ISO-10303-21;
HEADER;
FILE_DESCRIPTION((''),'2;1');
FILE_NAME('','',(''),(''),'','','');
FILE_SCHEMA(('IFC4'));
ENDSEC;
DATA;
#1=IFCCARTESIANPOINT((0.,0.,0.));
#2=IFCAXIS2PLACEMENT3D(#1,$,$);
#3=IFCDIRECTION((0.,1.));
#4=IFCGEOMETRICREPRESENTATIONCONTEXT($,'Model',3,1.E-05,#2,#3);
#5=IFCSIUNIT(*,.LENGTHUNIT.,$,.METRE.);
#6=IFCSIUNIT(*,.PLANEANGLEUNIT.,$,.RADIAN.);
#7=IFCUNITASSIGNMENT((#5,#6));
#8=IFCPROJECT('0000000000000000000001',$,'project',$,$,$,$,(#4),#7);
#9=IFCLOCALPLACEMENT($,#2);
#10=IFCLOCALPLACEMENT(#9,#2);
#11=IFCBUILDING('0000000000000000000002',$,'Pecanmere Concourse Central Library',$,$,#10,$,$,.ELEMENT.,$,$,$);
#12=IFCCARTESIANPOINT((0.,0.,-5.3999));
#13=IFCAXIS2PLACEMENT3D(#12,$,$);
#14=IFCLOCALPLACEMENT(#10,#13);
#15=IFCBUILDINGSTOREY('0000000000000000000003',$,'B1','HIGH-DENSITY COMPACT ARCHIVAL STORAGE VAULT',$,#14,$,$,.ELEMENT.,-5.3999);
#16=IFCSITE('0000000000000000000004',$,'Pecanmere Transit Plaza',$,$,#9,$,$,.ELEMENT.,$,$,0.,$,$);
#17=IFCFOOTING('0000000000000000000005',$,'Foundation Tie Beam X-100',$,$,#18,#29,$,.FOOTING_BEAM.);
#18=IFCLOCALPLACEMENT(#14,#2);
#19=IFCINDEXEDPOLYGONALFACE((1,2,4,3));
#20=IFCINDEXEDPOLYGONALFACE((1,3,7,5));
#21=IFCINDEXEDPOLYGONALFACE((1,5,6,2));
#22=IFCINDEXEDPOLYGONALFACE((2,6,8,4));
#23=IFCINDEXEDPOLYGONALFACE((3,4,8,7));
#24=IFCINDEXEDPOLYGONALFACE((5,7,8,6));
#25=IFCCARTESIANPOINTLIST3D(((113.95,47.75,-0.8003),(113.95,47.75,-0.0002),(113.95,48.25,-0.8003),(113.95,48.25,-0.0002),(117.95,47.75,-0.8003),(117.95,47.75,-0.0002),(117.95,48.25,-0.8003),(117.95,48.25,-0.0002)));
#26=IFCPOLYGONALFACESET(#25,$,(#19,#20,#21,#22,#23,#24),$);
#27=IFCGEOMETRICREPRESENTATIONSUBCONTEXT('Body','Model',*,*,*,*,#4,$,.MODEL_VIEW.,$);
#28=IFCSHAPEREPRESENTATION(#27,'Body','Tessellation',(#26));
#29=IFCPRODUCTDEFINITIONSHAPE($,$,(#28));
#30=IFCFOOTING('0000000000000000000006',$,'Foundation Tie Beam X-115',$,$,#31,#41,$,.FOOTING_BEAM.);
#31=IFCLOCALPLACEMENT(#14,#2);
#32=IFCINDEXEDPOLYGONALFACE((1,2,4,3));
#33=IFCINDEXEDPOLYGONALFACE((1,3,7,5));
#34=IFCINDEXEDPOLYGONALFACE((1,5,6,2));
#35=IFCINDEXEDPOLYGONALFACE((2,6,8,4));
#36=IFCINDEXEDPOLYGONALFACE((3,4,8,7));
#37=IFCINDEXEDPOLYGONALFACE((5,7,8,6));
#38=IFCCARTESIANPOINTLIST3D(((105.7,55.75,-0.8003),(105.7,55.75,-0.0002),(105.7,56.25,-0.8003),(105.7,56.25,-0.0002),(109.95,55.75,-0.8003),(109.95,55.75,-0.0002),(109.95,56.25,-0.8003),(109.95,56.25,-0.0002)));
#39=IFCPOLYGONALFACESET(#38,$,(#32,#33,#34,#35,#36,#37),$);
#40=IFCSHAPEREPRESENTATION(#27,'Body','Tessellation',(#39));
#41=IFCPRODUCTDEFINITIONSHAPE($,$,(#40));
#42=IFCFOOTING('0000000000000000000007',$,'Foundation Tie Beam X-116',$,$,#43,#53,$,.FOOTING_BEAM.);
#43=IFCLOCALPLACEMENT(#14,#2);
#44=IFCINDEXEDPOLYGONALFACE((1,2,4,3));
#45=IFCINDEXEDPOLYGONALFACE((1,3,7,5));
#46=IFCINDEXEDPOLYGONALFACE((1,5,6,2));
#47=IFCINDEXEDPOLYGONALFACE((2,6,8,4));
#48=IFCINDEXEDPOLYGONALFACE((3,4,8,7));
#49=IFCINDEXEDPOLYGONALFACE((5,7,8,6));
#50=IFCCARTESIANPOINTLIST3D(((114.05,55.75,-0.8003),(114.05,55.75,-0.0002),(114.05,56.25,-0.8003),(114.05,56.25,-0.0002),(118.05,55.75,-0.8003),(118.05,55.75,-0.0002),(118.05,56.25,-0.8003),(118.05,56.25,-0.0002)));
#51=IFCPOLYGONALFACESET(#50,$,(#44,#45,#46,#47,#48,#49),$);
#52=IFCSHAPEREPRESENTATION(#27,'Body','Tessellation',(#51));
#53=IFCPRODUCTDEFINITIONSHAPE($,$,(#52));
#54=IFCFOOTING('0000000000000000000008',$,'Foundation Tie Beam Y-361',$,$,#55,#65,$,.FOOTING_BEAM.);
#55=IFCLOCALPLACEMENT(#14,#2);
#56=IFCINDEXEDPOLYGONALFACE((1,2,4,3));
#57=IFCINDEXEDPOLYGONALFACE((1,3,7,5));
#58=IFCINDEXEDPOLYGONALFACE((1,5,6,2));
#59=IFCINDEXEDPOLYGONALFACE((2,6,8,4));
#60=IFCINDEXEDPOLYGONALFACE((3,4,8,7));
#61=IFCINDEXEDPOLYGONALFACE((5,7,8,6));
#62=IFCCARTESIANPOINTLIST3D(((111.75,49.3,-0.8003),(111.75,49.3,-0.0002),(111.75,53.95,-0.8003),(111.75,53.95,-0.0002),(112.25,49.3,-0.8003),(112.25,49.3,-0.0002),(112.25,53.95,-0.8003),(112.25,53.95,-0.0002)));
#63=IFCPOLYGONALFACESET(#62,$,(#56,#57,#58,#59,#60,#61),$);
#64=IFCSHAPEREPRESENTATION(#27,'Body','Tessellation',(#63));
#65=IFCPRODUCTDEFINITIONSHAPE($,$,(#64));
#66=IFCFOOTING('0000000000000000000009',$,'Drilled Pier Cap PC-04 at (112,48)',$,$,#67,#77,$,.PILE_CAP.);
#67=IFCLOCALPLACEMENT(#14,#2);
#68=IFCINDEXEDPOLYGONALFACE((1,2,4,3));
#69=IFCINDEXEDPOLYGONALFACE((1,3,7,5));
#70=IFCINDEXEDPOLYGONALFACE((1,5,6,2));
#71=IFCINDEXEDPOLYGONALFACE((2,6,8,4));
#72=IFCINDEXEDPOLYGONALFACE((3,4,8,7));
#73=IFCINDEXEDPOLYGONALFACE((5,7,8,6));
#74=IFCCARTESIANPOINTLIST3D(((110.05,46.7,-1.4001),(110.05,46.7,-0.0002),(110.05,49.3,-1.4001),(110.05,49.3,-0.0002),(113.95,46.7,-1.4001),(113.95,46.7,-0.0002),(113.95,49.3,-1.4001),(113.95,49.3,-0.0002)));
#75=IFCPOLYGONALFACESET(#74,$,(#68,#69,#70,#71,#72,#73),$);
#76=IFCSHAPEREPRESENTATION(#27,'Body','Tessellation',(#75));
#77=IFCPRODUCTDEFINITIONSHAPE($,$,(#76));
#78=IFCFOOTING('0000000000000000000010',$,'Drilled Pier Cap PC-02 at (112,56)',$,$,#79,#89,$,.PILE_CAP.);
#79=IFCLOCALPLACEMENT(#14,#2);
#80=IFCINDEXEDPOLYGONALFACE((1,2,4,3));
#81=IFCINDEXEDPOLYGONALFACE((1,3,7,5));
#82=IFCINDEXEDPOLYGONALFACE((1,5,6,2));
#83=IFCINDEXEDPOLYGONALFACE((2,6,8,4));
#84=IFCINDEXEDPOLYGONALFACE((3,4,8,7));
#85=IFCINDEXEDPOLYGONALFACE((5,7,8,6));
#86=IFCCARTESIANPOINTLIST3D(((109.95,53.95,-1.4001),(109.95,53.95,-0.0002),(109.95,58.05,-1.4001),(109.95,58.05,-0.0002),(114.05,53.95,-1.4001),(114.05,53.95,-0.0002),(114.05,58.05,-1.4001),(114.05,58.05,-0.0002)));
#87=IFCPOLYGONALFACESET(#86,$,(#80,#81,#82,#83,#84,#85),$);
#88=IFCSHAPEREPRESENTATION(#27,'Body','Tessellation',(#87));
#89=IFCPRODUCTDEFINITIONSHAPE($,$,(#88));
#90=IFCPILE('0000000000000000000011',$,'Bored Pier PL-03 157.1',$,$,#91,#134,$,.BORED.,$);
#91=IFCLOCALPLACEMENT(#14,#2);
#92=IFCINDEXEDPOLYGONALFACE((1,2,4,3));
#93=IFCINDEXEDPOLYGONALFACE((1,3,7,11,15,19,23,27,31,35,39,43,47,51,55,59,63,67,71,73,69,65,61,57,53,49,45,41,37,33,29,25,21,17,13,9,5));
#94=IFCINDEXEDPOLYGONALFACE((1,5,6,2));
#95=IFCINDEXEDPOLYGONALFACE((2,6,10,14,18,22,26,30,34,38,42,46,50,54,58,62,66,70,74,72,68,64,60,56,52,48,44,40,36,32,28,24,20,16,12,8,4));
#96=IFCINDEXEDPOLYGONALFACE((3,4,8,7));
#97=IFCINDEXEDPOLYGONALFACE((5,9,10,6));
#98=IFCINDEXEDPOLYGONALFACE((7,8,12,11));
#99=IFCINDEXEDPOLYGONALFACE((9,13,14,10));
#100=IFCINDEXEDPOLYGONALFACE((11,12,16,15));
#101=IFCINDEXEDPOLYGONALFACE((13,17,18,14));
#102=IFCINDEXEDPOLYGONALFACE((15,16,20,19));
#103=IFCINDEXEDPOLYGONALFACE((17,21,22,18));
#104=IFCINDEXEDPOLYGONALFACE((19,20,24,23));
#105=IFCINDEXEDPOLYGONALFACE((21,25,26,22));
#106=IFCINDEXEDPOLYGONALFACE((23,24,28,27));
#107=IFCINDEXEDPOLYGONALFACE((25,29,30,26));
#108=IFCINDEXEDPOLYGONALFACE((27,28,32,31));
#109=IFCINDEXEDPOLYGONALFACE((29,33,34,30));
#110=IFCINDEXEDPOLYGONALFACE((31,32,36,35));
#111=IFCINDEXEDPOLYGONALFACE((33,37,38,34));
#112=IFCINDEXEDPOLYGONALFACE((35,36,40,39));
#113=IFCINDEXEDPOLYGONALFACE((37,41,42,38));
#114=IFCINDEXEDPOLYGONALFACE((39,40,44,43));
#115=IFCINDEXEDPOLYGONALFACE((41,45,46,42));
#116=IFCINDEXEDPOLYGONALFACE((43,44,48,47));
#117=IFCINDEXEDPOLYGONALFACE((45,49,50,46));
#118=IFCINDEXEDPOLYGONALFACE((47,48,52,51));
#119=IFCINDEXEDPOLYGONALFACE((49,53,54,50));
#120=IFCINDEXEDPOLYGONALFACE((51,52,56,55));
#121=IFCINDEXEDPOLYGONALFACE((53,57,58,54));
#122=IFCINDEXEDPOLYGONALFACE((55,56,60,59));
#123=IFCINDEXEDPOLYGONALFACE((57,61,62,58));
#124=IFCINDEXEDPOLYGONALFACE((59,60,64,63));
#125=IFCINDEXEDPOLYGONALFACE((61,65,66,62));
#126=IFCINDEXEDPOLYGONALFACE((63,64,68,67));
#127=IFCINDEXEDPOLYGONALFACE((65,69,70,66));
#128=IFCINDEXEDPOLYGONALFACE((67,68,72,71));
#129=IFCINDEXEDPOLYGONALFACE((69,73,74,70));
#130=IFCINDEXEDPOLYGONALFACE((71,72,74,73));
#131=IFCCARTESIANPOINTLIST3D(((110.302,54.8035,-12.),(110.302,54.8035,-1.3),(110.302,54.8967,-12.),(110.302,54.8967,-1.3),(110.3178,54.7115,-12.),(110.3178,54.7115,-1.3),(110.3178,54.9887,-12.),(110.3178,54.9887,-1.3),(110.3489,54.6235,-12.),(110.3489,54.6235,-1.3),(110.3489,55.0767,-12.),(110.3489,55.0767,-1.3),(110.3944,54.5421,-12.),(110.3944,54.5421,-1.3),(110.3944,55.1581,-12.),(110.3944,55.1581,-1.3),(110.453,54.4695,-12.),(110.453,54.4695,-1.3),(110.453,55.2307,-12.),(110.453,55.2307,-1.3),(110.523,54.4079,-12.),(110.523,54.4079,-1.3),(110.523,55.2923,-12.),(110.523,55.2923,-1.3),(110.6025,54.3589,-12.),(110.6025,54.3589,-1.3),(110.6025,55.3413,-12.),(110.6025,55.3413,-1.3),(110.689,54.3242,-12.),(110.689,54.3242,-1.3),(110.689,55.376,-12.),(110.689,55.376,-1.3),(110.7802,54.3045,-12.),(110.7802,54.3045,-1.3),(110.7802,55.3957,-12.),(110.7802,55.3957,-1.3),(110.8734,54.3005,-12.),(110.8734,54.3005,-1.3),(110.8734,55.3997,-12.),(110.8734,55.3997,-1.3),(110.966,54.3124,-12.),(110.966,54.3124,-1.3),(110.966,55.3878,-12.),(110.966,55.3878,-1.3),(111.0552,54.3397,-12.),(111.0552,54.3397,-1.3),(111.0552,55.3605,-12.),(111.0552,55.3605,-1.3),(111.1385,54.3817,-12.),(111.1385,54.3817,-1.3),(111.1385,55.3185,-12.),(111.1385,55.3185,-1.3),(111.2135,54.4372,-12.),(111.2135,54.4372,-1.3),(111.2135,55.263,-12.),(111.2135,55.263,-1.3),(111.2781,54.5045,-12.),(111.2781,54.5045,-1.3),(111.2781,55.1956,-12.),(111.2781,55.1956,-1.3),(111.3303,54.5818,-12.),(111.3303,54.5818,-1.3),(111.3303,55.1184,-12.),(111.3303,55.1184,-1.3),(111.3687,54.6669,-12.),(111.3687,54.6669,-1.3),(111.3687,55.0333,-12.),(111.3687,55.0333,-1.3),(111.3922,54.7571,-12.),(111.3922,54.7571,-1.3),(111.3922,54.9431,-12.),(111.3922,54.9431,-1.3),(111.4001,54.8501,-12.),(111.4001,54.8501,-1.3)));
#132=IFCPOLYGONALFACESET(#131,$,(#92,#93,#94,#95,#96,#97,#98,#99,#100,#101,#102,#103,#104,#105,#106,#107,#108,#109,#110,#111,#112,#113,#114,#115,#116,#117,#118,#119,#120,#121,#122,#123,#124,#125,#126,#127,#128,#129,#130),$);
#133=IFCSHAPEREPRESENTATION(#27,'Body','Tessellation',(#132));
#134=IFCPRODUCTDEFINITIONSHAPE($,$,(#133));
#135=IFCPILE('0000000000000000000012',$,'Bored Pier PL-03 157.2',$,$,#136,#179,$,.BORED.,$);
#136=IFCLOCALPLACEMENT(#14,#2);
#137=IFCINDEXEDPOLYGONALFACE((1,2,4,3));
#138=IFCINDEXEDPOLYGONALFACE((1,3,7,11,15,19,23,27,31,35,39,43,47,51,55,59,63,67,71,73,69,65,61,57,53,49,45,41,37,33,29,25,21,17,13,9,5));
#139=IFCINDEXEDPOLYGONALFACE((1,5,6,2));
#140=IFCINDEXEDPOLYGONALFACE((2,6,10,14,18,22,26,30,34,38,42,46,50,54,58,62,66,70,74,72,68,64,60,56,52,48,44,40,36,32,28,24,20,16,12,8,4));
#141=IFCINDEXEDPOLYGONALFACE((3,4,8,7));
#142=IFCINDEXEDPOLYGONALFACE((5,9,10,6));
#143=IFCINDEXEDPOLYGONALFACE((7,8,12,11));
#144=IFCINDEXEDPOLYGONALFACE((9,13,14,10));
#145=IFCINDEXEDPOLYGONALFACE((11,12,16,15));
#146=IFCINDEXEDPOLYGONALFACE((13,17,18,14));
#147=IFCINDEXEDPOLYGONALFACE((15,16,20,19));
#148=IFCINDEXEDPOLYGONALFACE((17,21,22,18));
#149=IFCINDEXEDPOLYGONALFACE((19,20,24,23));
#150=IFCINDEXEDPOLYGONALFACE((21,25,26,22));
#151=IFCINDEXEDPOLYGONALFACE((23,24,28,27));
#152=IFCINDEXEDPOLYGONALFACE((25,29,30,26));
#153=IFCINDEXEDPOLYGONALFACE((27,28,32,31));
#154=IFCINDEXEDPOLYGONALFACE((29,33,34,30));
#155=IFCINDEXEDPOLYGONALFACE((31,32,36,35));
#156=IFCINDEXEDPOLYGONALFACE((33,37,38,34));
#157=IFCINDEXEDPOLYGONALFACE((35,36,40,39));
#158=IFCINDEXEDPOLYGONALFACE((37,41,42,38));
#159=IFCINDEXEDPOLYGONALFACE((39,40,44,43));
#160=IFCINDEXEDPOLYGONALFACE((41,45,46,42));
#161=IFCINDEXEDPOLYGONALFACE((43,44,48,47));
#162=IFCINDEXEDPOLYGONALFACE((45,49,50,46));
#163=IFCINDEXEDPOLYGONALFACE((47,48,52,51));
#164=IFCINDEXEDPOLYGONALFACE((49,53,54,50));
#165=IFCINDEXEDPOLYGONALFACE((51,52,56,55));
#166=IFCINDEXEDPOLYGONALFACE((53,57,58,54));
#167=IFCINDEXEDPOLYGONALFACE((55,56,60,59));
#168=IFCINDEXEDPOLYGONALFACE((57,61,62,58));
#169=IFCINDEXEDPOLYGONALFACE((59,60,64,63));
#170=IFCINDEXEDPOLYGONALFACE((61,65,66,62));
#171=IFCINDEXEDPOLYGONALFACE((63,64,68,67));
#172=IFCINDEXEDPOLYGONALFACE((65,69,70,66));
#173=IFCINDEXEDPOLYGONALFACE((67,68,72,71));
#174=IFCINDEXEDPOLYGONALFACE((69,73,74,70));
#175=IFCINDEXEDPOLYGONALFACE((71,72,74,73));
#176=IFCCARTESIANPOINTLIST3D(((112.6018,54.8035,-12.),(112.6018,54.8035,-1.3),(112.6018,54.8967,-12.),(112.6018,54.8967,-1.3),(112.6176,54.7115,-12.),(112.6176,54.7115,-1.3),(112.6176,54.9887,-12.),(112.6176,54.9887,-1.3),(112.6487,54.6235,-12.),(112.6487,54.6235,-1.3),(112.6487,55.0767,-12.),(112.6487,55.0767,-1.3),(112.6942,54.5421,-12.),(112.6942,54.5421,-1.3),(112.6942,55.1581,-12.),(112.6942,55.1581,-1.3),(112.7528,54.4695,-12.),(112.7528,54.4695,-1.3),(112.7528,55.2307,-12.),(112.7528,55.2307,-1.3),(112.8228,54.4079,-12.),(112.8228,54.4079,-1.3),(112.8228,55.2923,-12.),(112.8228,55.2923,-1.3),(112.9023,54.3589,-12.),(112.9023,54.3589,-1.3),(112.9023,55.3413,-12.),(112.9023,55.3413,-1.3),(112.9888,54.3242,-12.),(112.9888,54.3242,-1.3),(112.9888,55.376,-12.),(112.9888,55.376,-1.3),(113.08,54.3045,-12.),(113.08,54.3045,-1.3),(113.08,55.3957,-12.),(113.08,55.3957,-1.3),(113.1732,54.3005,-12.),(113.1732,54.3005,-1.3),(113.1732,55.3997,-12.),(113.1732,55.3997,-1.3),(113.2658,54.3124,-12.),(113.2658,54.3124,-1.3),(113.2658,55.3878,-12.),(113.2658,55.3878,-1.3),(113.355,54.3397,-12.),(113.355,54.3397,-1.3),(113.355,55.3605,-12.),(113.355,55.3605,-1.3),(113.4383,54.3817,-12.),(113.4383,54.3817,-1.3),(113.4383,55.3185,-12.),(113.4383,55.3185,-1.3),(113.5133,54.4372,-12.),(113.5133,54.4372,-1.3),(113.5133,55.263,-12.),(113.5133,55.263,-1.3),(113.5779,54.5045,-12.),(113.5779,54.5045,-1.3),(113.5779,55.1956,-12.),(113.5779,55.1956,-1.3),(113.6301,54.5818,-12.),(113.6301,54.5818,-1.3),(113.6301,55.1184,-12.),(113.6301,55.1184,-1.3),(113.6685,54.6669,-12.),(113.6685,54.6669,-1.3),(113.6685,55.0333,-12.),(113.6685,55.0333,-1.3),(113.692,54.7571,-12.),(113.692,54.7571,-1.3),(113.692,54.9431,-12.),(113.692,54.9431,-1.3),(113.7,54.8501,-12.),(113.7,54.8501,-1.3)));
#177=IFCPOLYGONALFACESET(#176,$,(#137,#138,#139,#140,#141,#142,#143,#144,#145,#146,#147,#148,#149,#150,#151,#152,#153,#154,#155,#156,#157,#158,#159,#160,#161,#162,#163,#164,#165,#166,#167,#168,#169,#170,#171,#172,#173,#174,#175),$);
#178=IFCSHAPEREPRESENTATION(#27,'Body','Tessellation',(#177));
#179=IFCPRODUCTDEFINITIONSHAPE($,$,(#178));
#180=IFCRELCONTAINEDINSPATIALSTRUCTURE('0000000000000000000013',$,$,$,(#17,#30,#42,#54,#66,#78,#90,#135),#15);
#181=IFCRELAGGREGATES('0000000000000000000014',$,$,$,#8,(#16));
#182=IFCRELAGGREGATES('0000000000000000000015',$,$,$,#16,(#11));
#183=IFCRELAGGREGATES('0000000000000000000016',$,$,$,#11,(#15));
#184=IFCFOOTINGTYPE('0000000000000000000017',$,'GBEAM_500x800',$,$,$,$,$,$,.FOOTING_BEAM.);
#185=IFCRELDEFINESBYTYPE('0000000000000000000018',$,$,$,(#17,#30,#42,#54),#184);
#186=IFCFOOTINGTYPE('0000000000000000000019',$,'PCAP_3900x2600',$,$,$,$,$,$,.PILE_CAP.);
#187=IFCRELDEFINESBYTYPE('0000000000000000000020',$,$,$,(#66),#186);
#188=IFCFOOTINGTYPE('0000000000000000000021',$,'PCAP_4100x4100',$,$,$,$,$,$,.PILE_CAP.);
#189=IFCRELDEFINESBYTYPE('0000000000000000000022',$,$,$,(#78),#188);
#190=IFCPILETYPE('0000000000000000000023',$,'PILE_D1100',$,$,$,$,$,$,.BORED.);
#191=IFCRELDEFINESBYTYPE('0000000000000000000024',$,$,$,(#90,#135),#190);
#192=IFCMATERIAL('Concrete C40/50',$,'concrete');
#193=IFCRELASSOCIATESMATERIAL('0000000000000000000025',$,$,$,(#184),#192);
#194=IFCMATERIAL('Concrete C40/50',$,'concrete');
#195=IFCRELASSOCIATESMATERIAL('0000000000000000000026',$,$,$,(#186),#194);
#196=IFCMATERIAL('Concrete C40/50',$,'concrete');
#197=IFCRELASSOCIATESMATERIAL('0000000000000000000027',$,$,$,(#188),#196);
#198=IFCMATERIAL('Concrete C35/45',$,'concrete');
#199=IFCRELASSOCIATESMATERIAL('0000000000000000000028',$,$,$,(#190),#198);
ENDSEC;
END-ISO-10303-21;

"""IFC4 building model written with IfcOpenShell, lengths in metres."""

from ifc_helpers import new_model, si_unit, direction, frame, origin, origin_2d, place, context, subcontext, project, spatial, rectangle, circle, extrude, material, material_profile, profile_set, type_object, element, save


model = new_model("IFC4")

# Units and contexts
model_context = context("Model", 3, precision=1e-05, world=origin(), true_north=direction((0.0, 1.0)))
body_context = subcontext(model_context, "Body", "Model", "MODEL_VIEW")
ifc_project = project(units=[si_unit("LENGTHUNIT", "METRE"), si_unit("PLANEANGLEUNIT", "RADIAN")], contexts=[model_context])

# Site, building, storey
site_placement = place(None, origin())
site = spatial("IfcSite", under=ifc_project, at=site_placement, Name="Pecanmere Transit Plaza", CompositionType="ELEMENT", RefElevation=0.0)
building_placement = place(site_placement, origin())
building = spatial("IfcBuilding", under=site, at=building_placement, Name="Pecanmere Concourse Central Library", CompositionType="ELEMENT")
storey_placement = place(building_placement, frame((0.0, 0.0, -5.3999)))
storey = spatial("IfcBuildingStorey", under=building, at=storey_placement, Name="B1", Description="HIGH-DENSITY COMPACT ARCHIVAL STORAGE VAULT", CompositionType="ELEMENT", Elevation=-5.3999)

# Footings
ifc_material_1 = material(Name="Concrete C40/50", Category="concrete")
ifc_material_profile_1 = material_profile(ifc_material_1, rectangle(XDim=0.5, YDim=0.8, at=origin_2d()), Name="RC 500x800")
ifc_profile_set_1 = profile_set([ifc_material_profile_1], Name="Concrete C40/50")
footing_type_1 = type_object("IfcFootingType", Name="GBEAM_500x800", PredefinedType="FOOTING_BEAM", material=ifc_profile_set_1)
footing_1_placement = place(storey_placement, frame((115.95, 48.0, -0.8003), z_axis=(0.0, 0.0, 1.0), x_axis=(1.0, 0.0, 0.0)))
element("IfcFooting", 1, at=footing_1_placement, inside=storey, type_object=footing_type_1, Name="Foundation Tie Beam X-100", PredefinedType="FOOTING_BEAM", context=body_context, shape_type="SweptSolid", body=[
    extrude(rectangle(XDim=4.0, YDim=0.5, at=origin_2d()), origin(), (0.0, 0.0, 1.0), 0.8),
])
footing_2_placement = place(storey_placement, frame((107.825, 56.0, -0.8003), z_axis=(0.0, 0.0, 1.0), x_axis=(1.0, 0.0, 0.0)))
element("IfcFooting", 2, at=footing_2_placement, inside=storey, type_object=footing_type_1, Name="Foundation Tie Beam X-115", PredefinedType="FOOTING_BEAM", context=body_context, shape_type="SweptSolid", body=[
    extrude(rectangle(XDim=4.25, YDim=0.5, at=origin_2d()), origin(), (0.0, 0.0, 1.0), 0.8),
])
footing_3_placement = place(storey_placement, frame((116.05, 56.0, -0.8003), z_axis=(0.0, 0.0, 1.0), x_axis=(1.0, 0.0, 0.0)))
element("IfcFooting", 3, at=footing_3_placement, inside=storey, type_object=footing_type_1, Name="Foundation Tie Beam X-116", PredefinedType="FOOTING_BEAM", context=body_context, shape_type="SweptSolid", body=[
    extrude(rectangle(XDim=4.0, YDim=0.5, at=origin_2d()), origin(), (0.0, 0.0, 1.0), 0.8),
])
footing_4_placement = place(storey_placement, frame((112.0, 51.625, -0.8003), z_axis=(0.0, 0.0, 1.0), x_axis=(0.0, 1.0, 0.0)))
element("IfcFooting", 4, at=footing_4_placement, inside=storey, type_object=footing_type_1, Name="Foundation Tie Beam Y-361", PredefinedType="FOOTING_BEAM", context=body_context, shape_type="SweptSolid", body=[
    extrude(rectangle(XDim=4.6499, YDim=0.5, at=origin_2d()), origin(), (0.0, 0.0, 1.0), 0.8),
])
ifc_material_2 = material(Name="Concrete C40/50", Category="concrete")
footing_type_2 = type_object("IfcFootingType", Name="PCAP_3900x2600", PredefinedType="PILE_CAP", material=ifc_material_2)
footing_5_placement = place(storey_placement, frame((112.0, 48.0, -1.4001), z_axis=(0.0, 0.0, 1.0), x_axis=(1.0, 0.0, 0.0)))
element("IfcFooting", 5, at=footing_5_placement, inside=storey, type_object=footing_type_2, Name="Drilled Pier Cap PC-04 at (112,48)", PredefinedType="PILE_CAP", context=body_context, shape_type="SweptSolid", body=[
    extrude(rectangle(XDim=3.8999, YDim=2.6001, at=origin_2d()), origin(), (0.0, 0.0, 1.0), 1.3999),
])
ifc_material_3 = material(Name="Concrete C40/50", Category="concrete")
footing_type_3 = type_object("IfcFootingType", Name="PCAP_4100x4100", PredefinedType="PILE_CAP", material=ifc_material_3)
footing_6_placement = place(storey_placement, frame((112.0, 56.0, -1.4001), z_axis=(0.0, 0.0, 1.0), x_axis=(1.0, 0.0, 0.0)))
element("IfcFooting", 6, at=footing_6_placement, inside=storey, type_object=footing_type_3, Name="Drilled Pier Cap PC-02 at (112,56)", PredefinedType="PILE_CAP", context=body_context, shape_type="SweptSolid", body=[
    extrude(rectangle(XDim=4.1001, YDim=4.1001, at=origin_2d()), origin(), (0.0, 0.0, 1.0), 1.3999),
])

# Piles
ifc_material_4 = material(Name="Concrete C35/45", Category="concrete")
ifc_material_profile_2 = material_profile(ifc_material_4, circle(Radius=0.55, at=origin_2d()), Name="PIER D1100")
ifc_profile_set_2 = profile_set([ifc_material_profile_2], Name="Concrete C35/45")
pile_type_1 = type_object("IfcPileType", Name="PILE_D1100", PredefinedType="BORED", material=ifc_profile_set_2)
for number, where, z_axis, x_axis, name in (
    (7, (110.8501, 54.8501, -1.3), (0.0, 0.0, -1.0), (1.0, 0.0, 0.0), "Bored Pier PL-03 157.1"),
    (8, (113.1499, 54.8501, -1.3), (0.0, 0.0, -1.0), (1.0, 0.0, 0.0), "Bored Pier PL-03 157.2"),
):
    element("IfcPile", number, at=place(storey_placement, frame(where, z_axis=z_axis, x_axis=x_axis)), inside=storey, type_object=pile_type_1, Name=name, PredefinedType="BORED", context=body_context, shape_type="SweptSolid", body=[
        extrude(circle(Radius=0.55, at=origin_2d()), origin(), (0.0, 0.0, 1.0), 10.7),
    ])

save(model, "model.ifc")
